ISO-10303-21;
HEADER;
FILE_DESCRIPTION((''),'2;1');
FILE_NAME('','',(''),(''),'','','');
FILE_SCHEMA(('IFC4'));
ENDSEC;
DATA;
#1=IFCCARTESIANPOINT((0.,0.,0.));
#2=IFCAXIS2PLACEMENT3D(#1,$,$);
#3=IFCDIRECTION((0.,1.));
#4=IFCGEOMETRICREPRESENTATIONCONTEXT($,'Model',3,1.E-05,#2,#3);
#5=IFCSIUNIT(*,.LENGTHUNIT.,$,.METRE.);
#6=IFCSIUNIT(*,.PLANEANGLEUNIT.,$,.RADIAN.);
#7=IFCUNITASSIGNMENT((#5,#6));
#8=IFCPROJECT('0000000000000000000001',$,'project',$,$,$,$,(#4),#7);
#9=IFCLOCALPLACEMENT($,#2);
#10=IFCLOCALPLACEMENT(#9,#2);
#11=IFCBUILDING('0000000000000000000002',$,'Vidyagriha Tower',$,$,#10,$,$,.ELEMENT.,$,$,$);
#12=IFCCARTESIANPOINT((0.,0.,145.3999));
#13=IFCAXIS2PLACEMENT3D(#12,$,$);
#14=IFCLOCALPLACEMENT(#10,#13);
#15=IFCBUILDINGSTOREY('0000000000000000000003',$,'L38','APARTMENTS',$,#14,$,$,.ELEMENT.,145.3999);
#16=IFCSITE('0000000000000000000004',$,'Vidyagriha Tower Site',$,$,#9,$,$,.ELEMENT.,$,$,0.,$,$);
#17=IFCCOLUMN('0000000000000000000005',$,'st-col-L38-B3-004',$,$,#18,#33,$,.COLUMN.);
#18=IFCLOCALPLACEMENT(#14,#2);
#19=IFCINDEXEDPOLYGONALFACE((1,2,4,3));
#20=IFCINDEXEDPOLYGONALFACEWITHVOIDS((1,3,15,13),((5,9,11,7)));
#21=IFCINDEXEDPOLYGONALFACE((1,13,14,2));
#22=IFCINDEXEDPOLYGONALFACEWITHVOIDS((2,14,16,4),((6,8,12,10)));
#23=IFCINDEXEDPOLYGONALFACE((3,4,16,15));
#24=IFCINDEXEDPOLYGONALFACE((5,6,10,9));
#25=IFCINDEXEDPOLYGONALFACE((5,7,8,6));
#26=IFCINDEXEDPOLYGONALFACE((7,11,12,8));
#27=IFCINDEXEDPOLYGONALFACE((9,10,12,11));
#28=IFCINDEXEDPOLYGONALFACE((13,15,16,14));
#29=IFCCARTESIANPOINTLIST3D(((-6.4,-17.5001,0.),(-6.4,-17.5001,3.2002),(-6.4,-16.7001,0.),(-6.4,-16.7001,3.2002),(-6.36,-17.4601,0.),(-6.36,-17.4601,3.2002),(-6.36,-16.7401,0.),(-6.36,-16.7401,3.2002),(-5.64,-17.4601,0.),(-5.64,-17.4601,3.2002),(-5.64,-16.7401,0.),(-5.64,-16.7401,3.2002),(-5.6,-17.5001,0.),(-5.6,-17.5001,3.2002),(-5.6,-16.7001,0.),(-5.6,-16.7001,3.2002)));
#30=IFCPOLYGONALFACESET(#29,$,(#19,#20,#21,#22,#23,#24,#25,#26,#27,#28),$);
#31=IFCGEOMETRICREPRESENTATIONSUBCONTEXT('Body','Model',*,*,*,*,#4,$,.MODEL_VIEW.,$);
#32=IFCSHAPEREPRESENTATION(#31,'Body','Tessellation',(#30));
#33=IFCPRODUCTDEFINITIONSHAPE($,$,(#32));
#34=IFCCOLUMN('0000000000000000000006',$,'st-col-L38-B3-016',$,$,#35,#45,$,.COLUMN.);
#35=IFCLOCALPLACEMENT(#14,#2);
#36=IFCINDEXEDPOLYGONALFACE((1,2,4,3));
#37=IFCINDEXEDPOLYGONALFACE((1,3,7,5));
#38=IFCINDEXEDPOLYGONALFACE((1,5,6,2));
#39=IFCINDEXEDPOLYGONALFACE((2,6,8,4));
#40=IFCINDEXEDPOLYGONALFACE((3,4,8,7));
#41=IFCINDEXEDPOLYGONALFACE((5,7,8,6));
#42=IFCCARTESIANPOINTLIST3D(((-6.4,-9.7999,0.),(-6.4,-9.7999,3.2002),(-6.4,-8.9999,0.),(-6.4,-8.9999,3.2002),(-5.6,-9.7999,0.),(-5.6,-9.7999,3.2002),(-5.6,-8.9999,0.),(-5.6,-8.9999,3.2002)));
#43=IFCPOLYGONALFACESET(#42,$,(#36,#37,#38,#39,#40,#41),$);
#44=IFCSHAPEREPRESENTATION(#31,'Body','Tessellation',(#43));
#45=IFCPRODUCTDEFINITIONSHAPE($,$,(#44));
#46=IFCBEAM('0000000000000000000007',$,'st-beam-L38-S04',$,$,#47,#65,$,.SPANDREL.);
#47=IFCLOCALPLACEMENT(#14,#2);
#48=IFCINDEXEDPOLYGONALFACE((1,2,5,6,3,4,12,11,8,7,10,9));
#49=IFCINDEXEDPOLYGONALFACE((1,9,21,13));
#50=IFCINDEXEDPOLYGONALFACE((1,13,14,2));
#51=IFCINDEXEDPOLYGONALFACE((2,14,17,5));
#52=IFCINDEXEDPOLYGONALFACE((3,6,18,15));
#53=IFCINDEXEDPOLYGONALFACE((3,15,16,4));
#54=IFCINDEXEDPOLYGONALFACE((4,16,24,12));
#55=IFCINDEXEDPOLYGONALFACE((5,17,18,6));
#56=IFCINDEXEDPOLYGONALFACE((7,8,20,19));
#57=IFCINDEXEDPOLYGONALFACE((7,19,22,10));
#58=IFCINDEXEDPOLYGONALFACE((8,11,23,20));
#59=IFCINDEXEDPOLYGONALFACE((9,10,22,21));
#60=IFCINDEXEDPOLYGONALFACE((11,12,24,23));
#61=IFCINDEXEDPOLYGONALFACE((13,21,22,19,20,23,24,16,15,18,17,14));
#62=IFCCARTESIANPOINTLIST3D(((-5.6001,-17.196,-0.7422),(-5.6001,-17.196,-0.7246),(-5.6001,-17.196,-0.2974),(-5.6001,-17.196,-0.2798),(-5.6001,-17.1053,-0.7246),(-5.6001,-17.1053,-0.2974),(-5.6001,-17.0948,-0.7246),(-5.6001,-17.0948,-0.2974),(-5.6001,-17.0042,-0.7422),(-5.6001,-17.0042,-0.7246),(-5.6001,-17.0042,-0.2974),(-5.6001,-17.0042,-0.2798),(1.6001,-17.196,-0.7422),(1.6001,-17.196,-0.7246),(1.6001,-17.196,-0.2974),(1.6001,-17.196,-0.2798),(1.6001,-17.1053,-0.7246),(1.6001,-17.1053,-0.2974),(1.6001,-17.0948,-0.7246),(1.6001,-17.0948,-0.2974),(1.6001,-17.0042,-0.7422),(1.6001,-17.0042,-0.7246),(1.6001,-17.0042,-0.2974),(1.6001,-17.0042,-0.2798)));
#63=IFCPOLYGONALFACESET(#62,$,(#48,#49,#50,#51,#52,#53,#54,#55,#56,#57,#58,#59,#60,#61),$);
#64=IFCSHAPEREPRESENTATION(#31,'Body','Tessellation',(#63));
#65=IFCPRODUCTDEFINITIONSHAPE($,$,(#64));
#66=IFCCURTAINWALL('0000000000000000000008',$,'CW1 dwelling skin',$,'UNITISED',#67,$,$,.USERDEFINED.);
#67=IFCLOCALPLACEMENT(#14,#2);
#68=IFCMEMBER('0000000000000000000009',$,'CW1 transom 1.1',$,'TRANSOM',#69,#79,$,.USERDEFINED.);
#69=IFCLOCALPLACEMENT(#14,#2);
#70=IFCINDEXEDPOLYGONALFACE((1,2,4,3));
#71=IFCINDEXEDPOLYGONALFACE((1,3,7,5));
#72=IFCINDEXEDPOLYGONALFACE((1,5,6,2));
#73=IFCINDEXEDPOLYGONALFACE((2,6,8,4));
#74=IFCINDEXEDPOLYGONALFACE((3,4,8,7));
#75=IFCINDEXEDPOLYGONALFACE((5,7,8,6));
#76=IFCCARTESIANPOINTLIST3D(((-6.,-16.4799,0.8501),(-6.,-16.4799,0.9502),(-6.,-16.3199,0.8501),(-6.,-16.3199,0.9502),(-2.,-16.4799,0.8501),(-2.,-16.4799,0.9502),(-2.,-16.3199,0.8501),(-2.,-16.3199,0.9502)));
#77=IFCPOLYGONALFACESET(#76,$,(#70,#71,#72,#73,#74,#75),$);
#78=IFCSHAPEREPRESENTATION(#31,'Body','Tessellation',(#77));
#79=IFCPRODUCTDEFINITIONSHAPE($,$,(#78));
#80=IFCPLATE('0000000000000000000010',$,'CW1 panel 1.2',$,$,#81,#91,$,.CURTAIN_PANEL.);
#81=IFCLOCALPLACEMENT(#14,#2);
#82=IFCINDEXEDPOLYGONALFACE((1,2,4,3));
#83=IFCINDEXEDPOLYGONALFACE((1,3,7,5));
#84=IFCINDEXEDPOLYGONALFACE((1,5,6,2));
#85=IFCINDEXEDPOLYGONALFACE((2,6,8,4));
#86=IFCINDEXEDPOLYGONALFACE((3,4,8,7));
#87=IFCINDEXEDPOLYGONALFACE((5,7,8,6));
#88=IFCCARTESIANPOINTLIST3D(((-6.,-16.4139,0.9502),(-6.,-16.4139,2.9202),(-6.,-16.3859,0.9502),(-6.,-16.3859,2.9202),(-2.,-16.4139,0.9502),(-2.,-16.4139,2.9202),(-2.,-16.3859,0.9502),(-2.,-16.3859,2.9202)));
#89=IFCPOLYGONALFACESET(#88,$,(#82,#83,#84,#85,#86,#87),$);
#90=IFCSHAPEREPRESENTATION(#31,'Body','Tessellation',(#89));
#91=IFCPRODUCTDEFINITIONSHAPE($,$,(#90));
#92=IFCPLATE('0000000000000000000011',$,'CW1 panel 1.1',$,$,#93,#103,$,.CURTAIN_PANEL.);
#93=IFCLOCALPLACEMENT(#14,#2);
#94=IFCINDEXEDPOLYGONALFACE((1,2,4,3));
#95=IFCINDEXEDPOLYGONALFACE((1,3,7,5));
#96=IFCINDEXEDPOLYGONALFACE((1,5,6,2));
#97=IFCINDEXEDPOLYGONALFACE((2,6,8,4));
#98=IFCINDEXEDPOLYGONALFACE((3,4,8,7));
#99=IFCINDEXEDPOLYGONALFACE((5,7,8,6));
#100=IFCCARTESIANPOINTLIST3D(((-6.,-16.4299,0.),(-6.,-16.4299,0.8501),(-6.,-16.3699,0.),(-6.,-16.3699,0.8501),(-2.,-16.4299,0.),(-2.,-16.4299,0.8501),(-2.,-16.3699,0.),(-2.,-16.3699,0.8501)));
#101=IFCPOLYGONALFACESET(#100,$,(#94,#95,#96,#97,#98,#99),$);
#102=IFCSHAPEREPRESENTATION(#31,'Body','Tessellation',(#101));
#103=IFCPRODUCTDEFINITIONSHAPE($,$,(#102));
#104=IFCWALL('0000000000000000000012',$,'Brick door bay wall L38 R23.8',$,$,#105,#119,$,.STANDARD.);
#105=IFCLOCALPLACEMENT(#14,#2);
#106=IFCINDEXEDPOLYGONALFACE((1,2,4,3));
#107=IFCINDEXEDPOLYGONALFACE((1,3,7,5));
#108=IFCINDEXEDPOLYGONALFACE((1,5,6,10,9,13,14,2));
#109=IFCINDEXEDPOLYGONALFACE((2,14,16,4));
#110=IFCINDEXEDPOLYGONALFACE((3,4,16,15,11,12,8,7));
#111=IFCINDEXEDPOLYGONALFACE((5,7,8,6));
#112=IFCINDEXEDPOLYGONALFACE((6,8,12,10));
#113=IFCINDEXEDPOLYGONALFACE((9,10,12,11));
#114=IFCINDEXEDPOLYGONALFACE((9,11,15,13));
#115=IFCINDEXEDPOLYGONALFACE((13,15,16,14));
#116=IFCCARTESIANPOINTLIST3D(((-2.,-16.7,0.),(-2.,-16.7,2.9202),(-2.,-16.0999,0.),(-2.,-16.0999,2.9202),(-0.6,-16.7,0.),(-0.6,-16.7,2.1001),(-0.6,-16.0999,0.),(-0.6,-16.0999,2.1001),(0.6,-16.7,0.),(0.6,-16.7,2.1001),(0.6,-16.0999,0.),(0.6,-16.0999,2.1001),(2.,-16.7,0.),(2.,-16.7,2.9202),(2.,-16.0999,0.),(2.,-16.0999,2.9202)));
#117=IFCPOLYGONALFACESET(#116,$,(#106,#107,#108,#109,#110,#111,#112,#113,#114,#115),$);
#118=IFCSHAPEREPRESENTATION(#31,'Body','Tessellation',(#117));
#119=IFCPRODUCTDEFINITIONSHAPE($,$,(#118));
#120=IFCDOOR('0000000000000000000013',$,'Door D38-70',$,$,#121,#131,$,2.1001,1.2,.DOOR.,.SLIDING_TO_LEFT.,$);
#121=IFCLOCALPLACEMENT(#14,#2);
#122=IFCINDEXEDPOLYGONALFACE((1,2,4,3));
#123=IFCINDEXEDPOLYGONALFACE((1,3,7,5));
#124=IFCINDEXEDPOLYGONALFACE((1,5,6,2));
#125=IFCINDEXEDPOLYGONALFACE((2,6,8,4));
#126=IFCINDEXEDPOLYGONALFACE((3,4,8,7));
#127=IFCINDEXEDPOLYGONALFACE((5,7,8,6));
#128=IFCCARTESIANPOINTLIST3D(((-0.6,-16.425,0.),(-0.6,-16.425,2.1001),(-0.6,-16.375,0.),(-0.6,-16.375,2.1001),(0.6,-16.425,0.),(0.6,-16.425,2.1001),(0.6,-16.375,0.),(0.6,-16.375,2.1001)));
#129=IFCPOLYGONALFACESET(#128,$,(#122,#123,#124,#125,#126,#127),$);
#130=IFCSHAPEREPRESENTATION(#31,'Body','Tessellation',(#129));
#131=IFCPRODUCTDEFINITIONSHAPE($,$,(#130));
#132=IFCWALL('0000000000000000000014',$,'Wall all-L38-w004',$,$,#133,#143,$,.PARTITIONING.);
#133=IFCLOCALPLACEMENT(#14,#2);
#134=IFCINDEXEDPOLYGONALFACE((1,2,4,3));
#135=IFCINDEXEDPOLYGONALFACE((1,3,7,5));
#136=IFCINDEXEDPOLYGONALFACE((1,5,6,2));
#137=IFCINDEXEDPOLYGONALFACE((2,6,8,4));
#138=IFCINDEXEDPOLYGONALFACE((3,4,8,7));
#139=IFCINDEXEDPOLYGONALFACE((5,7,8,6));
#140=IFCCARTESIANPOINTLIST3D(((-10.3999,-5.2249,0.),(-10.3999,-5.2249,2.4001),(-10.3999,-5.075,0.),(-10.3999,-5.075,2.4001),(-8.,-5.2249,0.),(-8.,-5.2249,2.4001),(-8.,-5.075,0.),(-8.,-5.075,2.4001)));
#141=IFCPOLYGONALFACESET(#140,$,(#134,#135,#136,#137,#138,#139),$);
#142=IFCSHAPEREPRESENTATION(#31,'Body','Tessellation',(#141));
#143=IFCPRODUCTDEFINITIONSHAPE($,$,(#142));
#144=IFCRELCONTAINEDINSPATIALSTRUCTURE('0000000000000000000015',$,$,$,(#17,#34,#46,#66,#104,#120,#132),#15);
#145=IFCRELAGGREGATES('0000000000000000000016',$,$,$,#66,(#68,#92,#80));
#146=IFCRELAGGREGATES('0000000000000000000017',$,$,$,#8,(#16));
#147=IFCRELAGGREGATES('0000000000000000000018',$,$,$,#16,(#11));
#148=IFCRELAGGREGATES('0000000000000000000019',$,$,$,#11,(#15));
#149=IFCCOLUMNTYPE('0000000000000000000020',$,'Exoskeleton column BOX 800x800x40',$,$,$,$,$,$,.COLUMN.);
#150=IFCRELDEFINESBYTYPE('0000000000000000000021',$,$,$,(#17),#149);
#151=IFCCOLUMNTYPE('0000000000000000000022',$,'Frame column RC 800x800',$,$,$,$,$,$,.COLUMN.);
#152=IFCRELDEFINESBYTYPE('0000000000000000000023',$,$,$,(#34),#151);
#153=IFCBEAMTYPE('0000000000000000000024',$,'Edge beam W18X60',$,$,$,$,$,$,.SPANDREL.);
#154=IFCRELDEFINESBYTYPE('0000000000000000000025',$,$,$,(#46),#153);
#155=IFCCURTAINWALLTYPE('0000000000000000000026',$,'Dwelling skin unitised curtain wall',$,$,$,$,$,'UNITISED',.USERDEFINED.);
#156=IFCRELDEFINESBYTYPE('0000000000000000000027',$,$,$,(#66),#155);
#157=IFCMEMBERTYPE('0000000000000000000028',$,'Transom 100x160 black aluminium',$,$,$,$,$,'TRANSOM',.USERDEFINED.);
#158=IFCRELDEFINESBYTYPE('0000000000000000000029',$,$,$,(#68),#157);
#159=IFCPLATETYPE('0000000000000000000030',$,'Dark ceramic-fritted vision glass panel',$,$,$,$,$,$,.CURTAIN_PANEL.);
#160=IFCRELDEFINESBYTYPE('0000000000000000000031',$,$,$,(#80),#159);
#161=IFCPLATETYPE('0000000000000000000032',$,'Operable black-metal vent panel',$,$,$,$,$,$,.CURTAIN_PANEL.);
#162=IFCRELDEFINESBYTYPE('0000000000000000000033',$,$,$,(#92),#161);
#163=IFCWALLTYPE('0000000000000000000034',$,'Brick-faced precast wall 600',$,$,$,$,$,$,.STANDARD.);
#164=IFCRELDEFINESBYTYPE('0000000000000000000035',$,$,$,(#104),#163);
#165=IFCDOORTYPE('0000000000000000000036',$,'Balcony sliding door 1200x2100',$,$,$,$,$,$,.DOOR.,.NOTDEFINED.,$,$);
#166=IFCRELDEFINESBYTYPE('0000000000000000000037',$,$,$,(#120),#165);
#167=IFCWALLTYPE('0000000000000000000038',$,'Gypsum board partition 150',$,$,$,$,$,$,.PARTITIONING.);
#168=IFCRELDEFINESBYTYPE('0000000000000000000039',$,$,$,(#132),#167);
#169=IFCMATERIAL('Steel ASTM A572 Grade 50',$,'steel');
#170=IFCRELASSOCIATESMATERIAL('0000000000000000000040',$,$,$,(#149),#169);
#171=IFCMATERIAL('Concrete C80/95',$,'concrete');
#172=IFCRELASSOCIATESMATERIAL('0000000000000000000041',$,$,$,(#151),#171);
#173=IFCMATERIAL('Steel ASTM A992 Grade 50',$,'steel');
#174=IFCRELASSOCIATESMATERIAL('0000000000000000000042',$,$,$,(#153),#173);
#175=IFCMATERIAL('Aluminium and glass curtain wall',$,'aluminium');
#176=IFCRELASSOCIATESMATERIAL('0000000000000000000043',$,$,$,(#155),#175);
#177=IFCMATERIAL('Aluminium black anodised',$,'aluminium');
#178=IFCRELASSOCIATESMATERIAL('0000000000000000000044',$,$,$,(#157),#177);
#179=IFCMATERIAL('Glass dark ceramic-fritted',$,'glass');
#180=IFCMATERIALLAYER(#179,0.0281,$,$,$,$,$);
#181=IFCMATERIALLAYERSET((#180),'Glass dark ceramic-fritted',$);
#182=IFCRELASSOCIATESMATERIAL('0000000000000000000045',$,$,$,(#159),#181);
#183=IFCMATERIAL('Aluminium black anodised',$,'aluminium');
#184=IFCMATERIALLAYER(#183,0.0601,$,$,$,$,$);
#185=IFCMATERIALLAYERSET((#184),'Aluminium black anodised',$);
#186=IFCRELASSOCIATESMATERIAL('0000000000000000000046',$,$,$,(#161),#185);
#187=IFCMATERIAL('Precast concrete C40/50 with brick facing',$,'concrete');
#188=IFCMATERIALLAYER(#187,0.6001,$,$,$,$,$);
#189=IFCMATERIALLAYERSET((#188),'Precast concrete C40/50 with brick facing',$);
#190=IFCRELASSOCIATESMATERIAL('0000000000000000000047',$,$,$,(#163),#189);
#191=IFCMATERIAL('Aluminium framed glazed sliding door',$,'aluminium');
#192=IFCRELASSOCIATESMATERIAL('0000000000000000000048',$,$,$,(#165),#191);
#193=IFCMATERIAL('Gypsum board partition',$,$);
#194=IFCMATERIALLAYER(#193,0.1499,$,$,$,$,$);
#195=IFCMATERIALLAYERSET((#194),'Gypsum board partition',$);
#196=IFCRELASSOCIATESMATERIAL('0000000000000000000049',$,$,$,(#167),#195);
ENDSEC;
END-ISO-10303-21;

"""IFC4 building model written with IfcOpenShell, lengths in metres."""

from ifc_helpers import new_model, si_unit, direction, frame, frame_2d, origin, origin_2d, place, context, subcontext, project, spatial, rectangle, hollow_rectangle, i_section, extrude, material, layer, layer_set, material_profile, profile_set, type_object, element, fill, aggregate, save


model = new_model("IFC4")

# Units and contexts
model_context = context("Model", 3, precision=1e-05, world=origin(), true_north=direction((0.0, 1.0)))
body_context = subcontext(model_context, "Body", "Model", "MODEL_VIEW")
ifc_project = project(units=[si_unit("LENGTHUNIT", "METRE"), si_unit("PLANEANGLEUNIT", "RADIAN")], contexts=[model_context])

# Site, building, storey
site_placement = place(None, origin())
site = spatial("IfcSite", under=ifc_project, at=site_placement, Name="Vidyagriha Tower Site", CompositionType="ELEMENT", RefElevation=0.0)
building_placement = place(site_placement, origin())
building = spatial("IfcBuilding", under=site, at=building_placement, Name="Vidyagriha Tower", CompositionType="ELEMENT")
storey_placement = place(building_placement, frame((0.0, 0.0, 145.3999)))
storey = spatial("IfcBuildingStorey", under=building, at=storey_placement, Name="L38", Description="APARTMENTS", CompositionType="ELEMENT", Elevation=145.3999)

# Columns
ifc_material_1 = material(Name="Steel ASTM A572 Grade 50", Category="steel")
ifc_material_profile_1 = material_profile(ifc_material_1, hollow_rectangle(XDim=0.8, YDim=0.8, WallThickness=0.04, at=origin_2d()), Name="BOX 800x800x40")
ifc_profile_set_1 = profile_set([ifc_material_profile_1], Name="Steel ASTM A572 Grade 50")
column_type_1 = type_object("IfcColumnType", Name="Exoskeleton column BOX 800x800x40", PredefinedType="COLUMN", material=ifc_profile_set_1)
column_1_placement = place(storey_placement, frame((-6.0, -17.1001, 0.0)))
element("IfcColumn", 1, at=column_1_placement, inside=storey, type_object=column_type_1, Name="st-col-L38-B3-004", PredefinedType="COLUMN", context=body_context, shape_type="SweptSolid", body=[
    extrude(hollow_rectangle(XDim=0.8, YDim=0.8, WallThickness=0.04, at=origin_2d()), origin(), (0.0, 0.0, 1.0), 3.2002),
])
ifc_material_2 = material(Name="Concrete C80/95", Category="concrete")
ifc_material_profile_2 = material_profile(ifc_material_2, rectangle(XDim=0.8, YDim=0.8, at=origin_2d()), Name="RC 800x800")
ifc_profile_set_2 = profile_set([ifc_material_profile_2], Name="Concrete C80/95")
column_type_2 = type_object("IfcColumnType", Name="Frame column RC 800x800", PredefinedType="COLUMN", material=ifc_profile_set_2)
column_2_placement = place(storey_placement, frame((-6.0, -9.3999, 0.0)))
element("IfcColumn", 2, at=column_2_placement, inside=storey, type_object=column_type_2, Name="st-col-L38-B3-016", PredefinedType="COLUMN", context=body_context, shape_type="SweptSolid", body=[
    extrude(rectangle(XDim=0.8, YDim=0.8, at=origin_2d()), origin(), (0.0, 0.0, 1.0), 3.2002),
])

# Beam
ifc_material_3 = material(Name="Steel ASTM A992 Grade 50", Category="steel")
ifc_material_profile_3 = material_profile(ifc_material_3, i_section(OverallWidth=0.1919, OverallDepth=0.4624, WebThickness=0.0105, FlangeThickness=0.0176, at=origin_2d()), Name="W18X60")
ifc_profile_set_3 = profile_set([ifc_material_profile_3], Name="Steel ASTM A992 Grade 50")
beam_type = type_object("IfcBeamType", Name="Edge beam W18X60", PredefinedType="SPANDREL", material=ifc_profile_set_3)
beam_placement = place(storey_placement, frame((-5.6001, -17.1001, -0.511), z_axis=(1.0, 0.0, 0.0), x_axis=(0.0, 1.0, 0.0)))
element("IfcBeam", 3, at=beam_placement, inside=storey, type_object=beam_type, Name="st-beam-L38-S04", PredefinedType="SPANDREL", context=body_context, shape_type="SweptSolid", body=[
    extrude(i_section(OverallWidth=0.1919, OverallDepth=0.4624, WebThickness=0.0105, FlangeThickness=0.0176, at=origin_2d()), origin(), (0.0, 0.0, 1.0), 7.2002),
])

# Curtain wall, member, plates
ifc_material_4 = material(Name="Aluminium and glass curtain wall", Category="aluminium")
curtain_wall_type = type_object("IfcCurtainWallType", Name="Dwelling skin unitised curtain wall", ElementType="UNITISED", PredefinedType="USERDEFINED", material=ifc_material_4)
curtain_wall_placement = place(storey_placement, origin())
curtain_wall = element("IfcCurtainWall", 4, at=curtain_wall_placement, inside=storey, type_object=curtain_wall_type, Name="CW1 dwelling skin", ObjectType="UNITISED", PredefinedType="USERDEFINED")
ifc_material_5 = material(Name="Aluminium black anodised", Category="aluminium")
ifc_material_profile_4 = material_profile(ifc_material_5, rectangle(XDim=0.1599, YDim=0.1001, at=origin_2d()), Name="Transom 100x160 black aluminium")
ifc_profile_set_4 = profile_set([ifc_material_profile_4], Name="Aluminium black anodised")
member_type = type_object("IfcMemberType", Name="Transom 100x160 black aluminium", ElementType="TRANSOM", PredefinedType="USERDEFINED", material=ifc_profile_set_4)
member_placement = place(storey_placement, frame((-6.0, -16.3999, 0.9001), z_axis=(1.0, 0.0, 0.0), x_axis=(0.0, 1.0, 0.0)))
member = element("IfcMember", 5, at=member_placement, type_object=member_type, Name="CW1 transom 1.1", ObjectType="TRANSOM", PredefinedType="USERDEFINED", context=body_context, shape_type="SweptSolid", body=[
    extrude(rectangle(XDim=0.1599, YDim=0.1001, at=origin_2d()), origin(), (0.0, 0.0, 1.0), 4.0),
])
ifc_material_6 = material(Name="Glass dark ceramic-fritted", Category="glass")
ifc_layer_1 = layer(ifc_material_6, 0.0281)
ifc_layer_set_1 = layer_set([ifc_layer_1], Name="Glass dark ceramic-fritted")
plate_type_1 = type_object("IfcPlateType", Name="Dark ceramic-fritted vision glass panel", PredefinedType="CURTAIN_PANEL", material=ifc_layer_set_1)
plate_1_placement = place(storey_placement, frame((-4.0, -16.3999, 0.9502)))
plate_1 = element("IfcPlate", 6, at=plate_1_placement, type_object=plate_type_1, Name="CW1 panel 1.2", PredefinedType="CURTAIN_PANEL", context=body_context, shape_type="SweptSolid", body=[
    extrude(rectangle(XDim=4.0, YDim=0.0281, at=origin_2d()), origin(), (0.0, 0.0, 1.0), 1.97),
])
ifc_material_7 = material(Name="Aluminium black anodised", Category="aluminium")
ifc_layer_2 = layer(ifc_material_7, 0.0601)
ifc_layer_set_2 = layer_set([ifc_layer_2], Name="Aluminium black anodised")
plate_type_2 = type_object("IfcPlateType", Name="Operable black-metal vent panel", PredefinedType="CURTAIN_PANEL", material=ifc_layer_set_2)
plate_2_placement = place(storey_placement, frame((-4.0, -16.3999, 0.0)))
plate_2 = element("IfcPlate", 7, at=plate_2_placement, type_object=plate_type_2, Name="CW1 panel 1.1", PredefinedType="CURTAIN_PANEL", context=body_context, shape_type="SweptSolid", body=[
    extrude(rectangle(XDim=4.0, YDim=0.0601, at=origin_2d()), origin(), (0.0, 0.0, 1.0), 0.8501),
])
aggregate(curtain_wall, [member, plate_2, plate_1])

# Wall, opening, door
ifc_material_8 = material(Name="Precast concrete C40/50 with brick facing", Category="concrete")
ifc_layer_3 = layer(ifc_material_8, 0.6001)
ifc_layer_set_3 = layer_set([ifc_layer_3], Name="Precast concrete C40/50 with brick facing")
wall_type_1 = type_object("IfcWallType", Name="Brick-faced precast wall 600", PredefinedType="STANDARD", material=ifc_layer_set_3)
wall_1_placement = place(storey_placement, frame((-2.0, -16.3999, 0.0)))
wall_1 = element("IfcWall", 8, at=wall_1_placement, inside=storey, type_object=wall_type_1, Name="Brick door bay wall L38 R23.8", PredefinedType="STANDARD", context=body_context, shape_type="SweptSolid", body=[
    extrude(rectangle(XDim=4.0, YDim=0.6001, at=frame_2d((2.0, 0.0))), origin(), (0.0, 0.0, 1.0), 2.9202),
])
opening_1_placement = place(wall_1_placement, frame((1.3999, 0.0, 0.0)))
opening_1 = element("IfcOpeningElement", 9, at=opening_1_placement, cuts=wall_1, PredefinedType="OPENING", context=body_context, shape_type="SweptSolid", body=[
    extrude(rectangle(XDim=1.2, YDim=2.1001, at=frame_2d((0.6001, 1.05))), frame((0.0, 0.3101, 0.0), z_axis=(0.0, -1.0, 0.0), x_axis=(1.0, 0.0, 0.0)), (0.0, 0.0, 1.0), 0.6201),
])
ifc_material_9 = material(Name="Aluminium framed glazed sliding door", Category="aluminium")
door_type_1 = type_object("IfcDoorType", Name="Balcony sliding door 1200x2100", OperationType="NOTDEFINED", PredefinedType="DOOR", material=ifc_material_9)
door_1_placement = place(opening_1_placement, origin())
door_1 = element("IfcDoor", 10, at=door_1_placement, inside=storey, type_object=door_type_1, Name="Door D38-70", OperationType="SLIDING_TO_LEFT", OverallHeight=2.1001, OverallWidth=1.2, PredefinedType="DOOR", context=body_context, shape_type="SweptSolid", body=[
    extrude(rectangle(XDim=1.2, YDim=2.1001, at=frame_2d((0.6001, 1.05))), frame((0.0, 0.0249, 0.0), z_axis=(0.0, -1.0, 0.0), x_axis=(1.0, 0.0, 0.0)), (0.0, 0.0, 1.0), 0.05),
])
fill(opening_1, door_1)

# Wall
ifc_material_10 = material(Name="Gypsum board partition")
ifc_layer_4 = layer(ifc_material_10, 0.1499)
ifc_layer_set_4 = layer_set([ifc_layer_4], Name="Gypsum board partition")
wall_type_2 = type_object("IfcWallType", Name="Gypsum board partition 150", PredefinedType="PARTITIONING", material=ifc_layer_set_4)
wall_2_placement = place(storey_placement, frame((-8.0, -5.1499, 0.0), z_axis=(0.0, 0.0, 1.0), x_axis=(-1.0, 0.0, 0.0)))
element("IfcWall", 11, at=wall_2_placement, inside=storey, type_object=wall_type_2, Name="Wall all-L38-w004", PredefinedType="PARTITIONING", context=body_context, shape_type="SweptSolid", body=[
    extrude(rectangle(XDim=2.3999, YDim=0.1499, at=frame_2d((1.2, 0.0))), origin(), (0.0, 0.0, 1.0), 2.4001),
])

save(model, "model.ifc")
